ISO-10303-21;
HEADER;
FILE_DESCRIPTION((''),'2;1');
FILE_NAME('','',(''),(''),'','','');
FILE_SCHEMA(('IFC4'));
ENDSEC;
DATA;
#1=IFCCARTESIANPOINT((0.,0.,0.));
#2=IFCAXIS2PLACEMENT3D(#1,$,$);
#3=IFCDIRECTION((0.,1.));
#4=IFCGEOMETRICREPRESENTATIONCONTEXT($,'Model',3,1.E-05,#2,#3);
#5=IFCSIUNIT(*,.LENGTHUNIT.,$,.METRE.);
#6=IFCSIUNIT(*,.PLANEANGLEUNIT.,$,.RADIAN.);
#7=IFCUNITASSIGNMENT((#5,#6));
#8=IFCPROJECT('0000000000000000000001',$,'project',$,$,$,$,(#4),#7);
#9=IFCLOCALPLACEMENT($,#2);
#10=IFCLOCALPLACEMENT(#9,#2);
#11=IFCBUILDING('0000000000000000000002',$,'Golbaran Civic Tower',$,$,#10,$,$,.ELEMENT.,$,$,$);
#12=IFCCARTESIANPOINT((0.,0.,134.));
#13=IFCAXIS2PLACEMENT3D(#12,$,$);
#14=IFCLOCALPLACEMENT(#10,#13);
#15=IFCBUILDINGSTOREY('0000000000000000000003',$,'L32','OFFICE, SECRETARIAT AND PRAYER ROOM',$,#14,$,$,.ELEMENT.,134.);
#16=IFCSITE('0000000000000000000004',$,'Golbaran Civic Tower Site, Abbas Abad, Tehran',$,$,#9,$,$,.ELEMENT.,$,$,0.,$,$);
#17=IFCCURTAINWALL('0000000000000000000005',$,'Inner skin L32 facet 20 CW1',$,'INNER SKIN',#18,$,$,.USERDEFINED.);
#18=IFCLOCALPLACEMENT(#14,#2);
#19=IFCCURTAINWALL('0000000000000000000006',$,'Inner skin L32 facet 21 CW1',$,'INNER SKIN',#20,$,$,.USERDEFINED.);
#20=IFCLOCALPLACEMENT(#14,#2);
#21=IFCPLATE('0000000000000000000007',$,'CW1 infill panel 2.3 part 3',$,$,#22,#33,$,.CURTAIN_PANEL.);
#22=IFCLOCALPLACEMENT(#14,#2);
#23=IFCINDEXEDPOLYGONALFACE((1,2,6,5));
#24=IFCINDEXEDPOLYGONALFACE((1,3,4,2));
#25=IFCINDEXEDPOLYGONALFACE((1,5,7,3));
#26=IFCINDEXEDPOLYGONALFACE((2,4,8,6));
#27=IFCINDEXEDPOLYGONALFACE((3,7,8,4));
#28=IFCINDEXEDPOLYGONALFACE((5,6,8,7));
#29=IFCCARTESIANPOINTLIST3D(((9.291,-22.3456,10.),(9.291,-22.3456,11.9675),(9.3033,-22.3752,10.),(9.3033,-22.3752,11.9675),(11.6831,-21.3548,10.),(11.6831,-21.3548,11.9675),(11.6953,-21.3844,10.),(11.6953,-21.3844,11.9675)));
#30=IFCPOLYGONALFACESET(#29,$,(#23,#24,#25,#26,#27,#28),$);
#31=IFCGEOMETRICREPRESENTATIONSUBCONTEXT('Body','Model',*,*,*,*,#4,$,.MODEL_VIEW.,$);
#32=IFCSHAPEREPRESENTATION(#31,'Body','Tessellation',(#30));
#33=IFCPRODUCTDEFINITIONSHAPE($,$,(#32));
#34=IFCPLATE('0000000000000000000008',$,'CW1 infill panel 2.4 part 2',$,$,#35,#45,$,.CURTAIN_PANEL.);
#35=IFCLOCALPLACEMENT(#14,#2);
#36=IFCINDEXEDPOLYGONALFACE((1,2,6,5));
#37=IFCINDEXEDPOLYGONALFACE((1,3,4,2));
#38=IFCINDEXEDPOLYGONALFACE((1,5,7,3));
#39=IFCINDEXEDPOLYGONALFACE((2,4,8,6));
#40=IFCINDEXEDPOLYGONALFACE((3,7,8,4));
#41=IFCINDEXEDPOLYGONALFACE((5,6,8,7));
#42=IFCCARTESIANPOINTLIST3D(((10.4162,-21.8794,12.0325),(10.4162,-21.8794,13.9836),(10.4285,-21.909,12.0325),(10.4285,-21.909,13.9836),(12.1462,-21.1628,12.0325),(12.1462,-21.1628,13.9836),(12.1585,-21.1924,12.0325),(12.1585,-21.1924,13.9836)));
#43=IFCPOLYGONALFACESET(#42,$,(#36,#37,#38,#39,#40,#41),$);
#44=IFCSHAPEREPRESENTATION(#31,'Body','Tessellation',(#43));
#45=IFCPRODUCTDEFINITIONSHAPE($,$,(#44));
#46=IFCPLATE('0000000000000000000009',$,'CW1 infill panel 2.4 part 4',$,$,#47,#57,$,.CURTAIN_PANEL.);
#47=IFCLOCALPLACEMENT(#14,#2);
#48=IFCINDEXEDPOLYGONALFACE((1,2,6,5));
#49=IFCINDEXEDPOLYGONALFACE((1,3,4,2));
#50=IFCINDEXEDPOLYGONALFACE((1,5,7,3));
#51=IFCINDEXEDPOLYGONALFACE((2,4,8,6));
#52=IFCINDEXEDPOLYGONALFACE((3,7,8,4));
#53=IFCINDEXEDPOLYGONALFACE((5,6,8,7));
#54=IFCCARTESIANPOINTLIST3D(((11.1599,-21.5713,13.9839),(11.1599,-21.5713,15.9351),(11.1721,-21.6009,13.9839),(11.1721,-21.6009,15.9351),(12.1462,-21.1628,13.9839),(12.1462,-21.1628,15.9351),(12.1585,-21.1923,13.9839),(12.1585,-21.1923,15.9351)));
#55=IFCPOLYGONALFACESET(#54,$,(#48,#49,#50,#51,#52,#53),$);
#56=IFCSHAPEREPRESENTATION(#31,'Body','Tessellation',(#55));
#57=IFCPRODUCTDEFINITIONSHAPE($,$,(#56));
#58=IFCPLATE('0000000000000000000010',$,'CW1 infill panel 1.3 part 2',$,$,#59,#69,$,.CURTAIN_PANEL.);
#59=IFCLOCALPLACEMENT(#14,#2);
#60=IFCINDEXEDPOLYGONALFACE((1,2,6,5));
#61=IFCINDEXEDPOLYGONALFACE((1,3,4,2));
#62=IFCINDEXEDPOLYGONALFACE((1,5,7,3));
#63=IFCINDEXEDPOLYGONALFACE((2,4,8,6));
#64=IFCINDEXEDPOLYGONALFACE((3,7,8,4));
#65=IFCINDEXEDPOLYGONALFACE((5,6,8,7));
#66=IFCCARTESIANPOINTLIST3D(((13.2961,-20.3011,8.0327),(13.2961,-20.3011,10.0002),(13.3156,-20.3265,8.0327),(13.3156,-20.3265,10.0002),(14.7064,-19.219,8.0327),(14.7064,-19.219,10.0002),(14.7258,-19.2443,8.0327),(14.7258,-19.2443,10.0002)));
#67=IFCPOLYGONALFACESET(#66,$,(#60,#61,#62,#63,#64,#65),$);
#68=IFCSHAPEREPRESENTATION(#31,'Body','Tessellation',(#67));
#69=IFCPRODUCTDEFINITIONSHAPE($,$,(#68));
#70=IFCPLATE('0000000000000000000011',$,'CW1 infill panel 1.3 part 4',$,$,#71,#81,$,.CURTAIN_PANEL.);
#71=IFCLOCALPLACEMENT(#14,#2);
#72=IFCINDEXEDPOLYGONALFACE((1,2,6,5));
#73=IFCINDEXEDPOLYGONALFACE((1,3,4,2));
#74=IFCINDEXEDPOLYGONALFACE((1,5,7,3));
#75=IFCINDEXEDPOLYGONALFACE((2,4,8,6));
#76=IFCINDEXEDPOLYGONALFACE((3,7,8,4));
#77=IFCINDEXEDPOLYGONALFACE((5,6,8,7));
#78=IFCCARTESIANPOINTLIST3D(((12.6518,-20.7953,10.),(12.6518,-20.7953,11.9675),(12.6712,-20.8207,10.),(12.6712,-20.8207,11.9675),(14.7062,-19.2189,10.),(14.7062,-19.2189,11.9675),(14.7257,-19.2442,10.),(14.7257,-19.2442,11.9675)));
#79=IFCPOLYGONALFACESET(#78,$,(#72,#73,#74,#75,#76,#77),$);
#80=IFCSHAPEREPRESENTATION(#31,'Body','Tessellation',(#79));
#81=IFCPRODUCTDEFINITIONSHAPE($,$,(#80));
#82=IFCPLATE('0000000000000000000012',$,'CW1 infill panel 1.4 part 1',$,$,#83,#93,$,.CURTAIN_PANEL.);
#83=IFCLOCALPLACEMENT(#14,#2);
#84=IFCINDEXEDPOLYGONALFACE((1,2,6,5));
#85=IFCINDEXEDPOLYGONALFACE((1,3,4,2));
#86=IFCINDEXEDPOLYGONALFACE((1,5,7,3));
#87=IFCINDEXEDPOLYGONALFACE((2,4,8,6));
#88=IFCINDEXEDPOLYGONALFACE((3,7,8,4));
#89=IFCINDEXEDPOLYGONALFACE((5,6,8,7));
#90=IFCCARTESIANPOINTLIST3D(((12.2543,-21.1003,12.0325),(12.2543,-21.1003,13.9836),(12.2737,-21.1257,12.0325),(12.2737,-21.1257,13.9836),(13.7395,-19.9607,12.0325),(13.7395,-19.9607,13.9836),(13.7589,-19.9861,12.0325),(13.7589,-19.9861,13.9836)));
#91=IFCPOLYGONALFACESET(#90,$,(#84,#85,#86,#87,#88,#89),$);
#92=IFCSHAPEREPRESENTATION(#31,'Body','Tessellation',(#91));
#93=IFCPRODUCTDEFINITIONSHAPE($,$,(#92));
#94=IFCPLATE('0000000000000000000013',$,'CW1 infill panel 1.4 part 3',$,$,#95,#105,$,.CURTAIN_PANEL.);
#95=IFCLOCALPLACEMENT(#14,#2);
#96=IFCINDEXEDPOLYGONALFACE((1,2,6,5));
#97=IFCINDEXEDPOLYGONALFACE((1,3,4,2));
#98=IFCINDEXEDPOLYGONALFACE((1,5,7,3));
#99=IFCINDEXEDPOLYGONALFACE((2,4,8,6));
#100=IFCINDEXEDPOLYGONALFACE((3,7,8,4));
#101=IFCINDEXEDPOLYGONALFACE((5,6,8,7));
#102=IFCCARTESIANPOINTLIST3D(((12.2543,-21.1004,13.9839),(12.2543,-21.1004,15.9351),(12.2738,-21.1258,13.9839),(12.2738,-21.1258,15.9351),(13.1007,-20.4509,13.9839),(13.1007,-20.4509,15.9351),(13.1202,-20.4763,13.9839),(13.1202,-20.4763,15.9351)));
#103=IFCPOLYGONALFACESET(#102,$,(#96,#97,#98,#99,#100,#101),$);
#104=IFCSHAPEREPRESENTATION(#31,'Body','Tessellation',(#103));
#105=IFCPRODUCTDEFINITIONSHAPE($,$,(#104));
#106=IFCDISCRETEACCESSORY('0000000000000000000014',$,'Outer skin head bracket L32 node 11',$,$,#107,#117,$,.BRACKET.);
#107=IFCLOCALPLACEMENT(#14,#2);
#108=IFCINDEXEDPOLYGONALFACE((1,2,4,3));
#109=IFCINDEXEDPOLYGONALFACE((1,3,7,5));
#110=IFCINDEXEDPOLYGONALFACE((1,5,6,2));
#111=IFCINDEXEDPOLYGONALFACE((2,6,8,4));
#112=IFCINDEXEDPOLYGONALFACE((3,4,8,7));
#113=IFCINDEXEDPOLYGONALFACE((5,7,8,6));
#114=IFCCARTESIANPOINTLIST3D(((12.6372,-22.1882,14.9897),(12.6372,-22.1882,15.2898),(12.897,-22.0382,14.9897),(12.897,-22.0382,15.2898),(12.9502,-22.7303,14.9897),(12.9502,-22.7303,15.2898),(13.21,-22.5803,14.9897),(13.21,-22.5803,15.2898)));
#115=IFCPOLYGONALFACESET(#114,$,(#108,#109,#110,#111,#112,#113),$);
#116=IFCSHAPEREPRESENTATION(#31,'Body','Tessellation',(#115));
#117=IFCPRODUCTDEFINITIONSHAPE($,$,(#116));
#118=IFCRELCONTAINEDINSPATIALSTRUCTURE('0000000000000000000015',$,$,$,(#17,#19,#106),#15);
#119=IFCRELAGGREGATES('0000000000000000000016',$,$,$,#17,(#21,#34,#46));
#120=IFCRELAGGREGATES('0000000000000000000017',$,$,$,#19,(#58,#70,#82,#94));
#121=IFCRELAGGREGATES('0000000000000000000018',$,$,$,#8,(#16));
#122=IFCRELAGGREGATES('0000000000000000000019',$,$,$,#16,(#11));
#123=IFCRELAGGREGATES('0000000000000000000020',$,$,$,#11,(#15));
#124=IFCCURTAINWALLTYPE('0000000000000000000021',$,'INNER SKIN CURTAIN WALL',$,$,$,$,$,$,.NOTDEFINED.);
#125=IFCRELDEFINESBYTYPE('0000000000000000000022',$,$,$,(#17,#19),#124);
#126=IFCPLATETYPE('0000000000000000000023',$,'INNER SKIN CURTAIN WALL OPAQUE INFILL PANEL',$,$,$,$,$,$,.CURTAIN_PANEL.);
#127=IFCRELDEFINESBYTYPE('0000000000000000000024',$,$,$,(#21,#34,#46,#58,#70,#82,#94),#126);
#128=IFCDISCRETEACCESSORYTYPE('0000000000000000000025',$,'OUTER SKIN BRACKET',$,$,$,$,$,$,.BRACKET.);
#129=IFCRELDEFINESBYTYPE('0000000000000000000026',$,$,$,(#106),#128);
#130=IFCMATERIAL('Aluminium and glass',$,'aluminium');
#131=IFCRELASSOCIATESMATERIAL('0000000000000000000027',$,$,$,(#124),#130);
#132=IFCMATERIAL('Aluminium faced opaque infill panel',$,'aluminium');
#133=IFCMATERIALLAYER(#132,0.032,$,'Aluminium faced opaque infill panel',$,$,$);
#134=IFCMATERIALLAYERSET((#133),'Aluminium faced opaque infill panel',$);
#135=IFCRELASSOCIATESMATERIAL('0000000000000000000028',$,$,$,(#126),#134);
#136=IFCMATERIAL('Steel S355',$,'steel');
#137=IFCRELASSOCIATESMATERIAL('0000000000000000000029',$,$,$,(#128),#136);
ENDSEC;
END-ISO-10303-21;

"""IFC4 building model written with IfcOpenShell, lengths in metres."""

from ifc_helpers import new_model, si_unit, direction, frame, origin, origin_2d, place, context, subcontext, project, spatial, rectangle, extrude, material, layer, layer_set, type_object, element, aggregate, save


model = new_model("IFC4")

# Units and contexts
model_context = context("Model", 3, precision=1e-05, world=origin(), true_north=direction((0.0, 1.0)))
body_context = subcontext(model_context, "Body", "Model", "MODEL_VIEW")
ifc_project = project(units=[si_unit("LENGTHUNIT", "METRE"), si_unit("PLANEANGLEUNIT", "RADIAN")], contexts=[model_context])

# Site, building, storey
site_placement = place(None, origin())
site = spatial("IfcSite", under=ifc_project, at=site_placement, Name="Golbaran Civic Tower Site, Abbas Abad, Tehran", CompositionType="ELEMENT", RefElevation=0.0)
building_placement = place(site_placement, origin())
building = spatial("IfcBuilding", under=site, at=building_placement, Name="Golbaran Civic Tower", CompositionType="ELEMENT")
storey_placement = place(building_placement, frame((0.0, 0.0, 134.0)))
storey = spatial("IfcBuildingStorey", under=building, at=storey_placement, Name="L32", Description="OFFICE, SECRETARIAT AND PRAYER ROOM", CompositionType="ELEMENT", Elevation=134.0)

# Curtain walls
ifc_material_1 = material(Name="Aluminium and glass", Category="aluminium")
curtain_wall_type = type_object("IfcCurtainWallType", Name="INNER SKIN CURTAIN WALL", PredefinedType="NOTDEFINED", material=ifc_material_1)
curtain_wall_1_placement = place(storey_placement, origin())
curtain_wall_1 = element("IfcCurtainWall", 1, at=curtain_wall_1_placement, inside=storey, type_object=curtain_wall_type, Name="Inner skin L32 facet 20 CW1", ObjectType="INNER SKIN", PredefinedType="USERDEFINED")
curtain_wall_2_placement = place(storey_placement, origin())
curtain_wall_2 = element("IfcCurtainWall", 2, at=curtain_wall_2_placement, inside=storey, type_object=curtain_wall_type, Name="Inner skin L32 facet 21 CW1", ObjectType="INNER SKIN", PredefinedType="USERDEFINED")

# Plates
ifc_material_2 = material(Name="Aluminium faced opaque infill panel", Category="aluminium")
ifc_layer_1 = layer(ifc_material_2, 0.032, Name="Aluminium faced opaque infill panel")
ifc_layer_set_1 = layer_set([ifc_layer_1], Name="Aluminium faced opaque infill panel")
plate_type_1 = type_object("IfcPlateType", Name="INNER SKIN CURTAIN WALL OPAQUE INFILL PANEL", PredefinedType="CURTAIN_PANEL", material=ifc_layer_set_1)
plate_1_placement = place(storey_placement, frame((10.4932, -21.865, 10.0), z_axis=(0.0, 0.0, 1.0), x_axis=(0.92388, 0.382683, 0.0)))
plate_1 = element("IfcPlate", 3, at=plate_1_placement, type_object=plate_type_1, Name="CW1 infill panel 2.3 part 3", PredefinedType="CURTAIN_PANEL", context=body_context, shape_type="SweptSolid", body=[
    extrude(rectangle(XDim=2.5891, YDim=0.032, at=origin_2d()), origin(), (0.0, 0.0, 1.0), 1.9675),
])
plate_2_placement = place(storey_placement, frame((11.2874, -21.5359, 12.0325), z_axis=(0.0, 0.0, 1.0), x_axis=(0.92388, 0.382683, 0.0)))
plate_2 = element("IfcPlate", 4, at=plate_2_placement, type_object=plate_type_1, Name="CW1 infill panel 2.4 part 2", PredefinedType="CURTAIN_PANEL", context=body_context, shape_type="SweptSolid", body=[
    extrude(rectangle(XDim=1.8726, YDim=0.032, at=origin_2d()), origin(), (0.0, 0.0, 1.0), 1.9512),
])
plate_3_placement = place(storey_placement, frame((11.6592, -21.3818, 13.9839), z_axis=(0.0, 0.0, 1.0), x_axis=(0.92388, 0.382683, 0.0)))
plate_3 = element("IfcPlate", 5, at=plate_3_placement, type_object=plate_type_1, Name="CW1 infill panel 2.4 part 4", PredefinedType="CURTAIN_PANEL", context=body_context, shape_type="SweptSolid", body=[
    extrude(rectangle(XDim=1.0676, YDim=0.032, at=origin_2d()), origin(), (0.0, 0.0, 1.0), 1.9512),
])
aggregate(curtain_wall_1, [plate_1, plate_2, plate_3])
plate_4_placement = place(storey_placement, frame((14.011, -19.7727, 8.0327), z_axis=(0.0, 0.0, 1.0), x_axis=(0.793353, 0.608761, 0.0)))
plate_4 = element("IfcPlate", 6, at=plate_4_placement, type_object=plate_type_1, Name="CW1 infill panel 1.3 part 2", PredefinedType="CURTAIN_PANEL", context=body_context, shape_type="SweptSolid", body=[
    extrude(rectangle(XDim=1.7776, YDim=0.032, at=origin_2d()), origin(), (0.0, 0.0, 1.0), 1.9675),
])
plate_5_placement = place(storey_placement, frame((13.6887, -20.0198, 10.0), z_axis=(0.0, 0.0, 1.0), x_axis=(0.793353, 0.608761, 0.0)))
plate_5 = element("IfcPlate", 7, at=plate_5_placement, type_object=plate_type_1, Name="CW1 infill panel 1.3 part 4", PredefinedType="CURTAIN_PANEL", context=body_context, shape_type="SweptSolid", body=[
    extrude(rectangle(XDim=2.5896, YDim=0.032, at=origin_2d()), origin(), (0.0, 0.0, 1.0), 1.9675),
])
plate_6_placement = place(storey_placement, frame((13.0066, -20.5432, 12.0325), z_axis=(0.0, 0.0, 1.0), x_axis=(0.793353, 0.608761, 0.0)))
plate_6 = element("IfcPlate", 8, at=plate_6_placement, type_object=plate_type_1, Name="CW1 infill panel 1.4 part 1", PredefinedType="CURTAIN_PANEL", context=body_context, shape_type="SweptSolid", body=[
    extrude(rectangle(XDim=1.8721, YDim=0.032, at=origin_2d()), origin(), (0.0, 0.0, 1.0), 1.9512),
])
plate_7_placement = place(storey_placement, frame((12.6873, -20.7883, 13.9839), z_axis=(0.0, 0.0, 1.0), x_axis=(0.793353, 0.608761, 0.0)))
plate_7 = element("IfcPlate", 9, at=plate_7_placement, type_object=plate_type_1, Name="CW1 infill panel 1.4 part 3", PredefinedType="CURTAIN_PANEL", context=body_context, shape_type="SweptSolid", body=[
    extrude(rectangle(XDim=1.0669, YDim=0.032, at=origin_2d()), origin(), (0.0, 0.0, 1.0), 1.9512),
])
aggregate(curtain_wall_2, [plate_4, plate_5, plate_6, plate_7])

# Discrete accessory
ifc_material_3 = material(Name="Steel S355", Category="steel")
discrete_accessory_type = type_object("IfcDiscreteAccessoryType", Name="OUTER SKIN BRACKET", PredefinedType="BRACKET", material=ifc_material_3)
discrete_accessory_placement = place(storey_placement, frame((12.9236, -22.3843, 14.9897), z_axis=(0.0, 0.0, 1.0), x_axis=(0.5, -0.866025, 0.0)))
element("IfcDiscreteAccessory", 10, at=discrete_accessory_placement, inside=storey, type_object=discrete_accessory_type, Name="Outer skin head bracket L32 node 11", PredefinedType="BRACKET", context=body_context, shape_type="SweptSolid", body=[
    extrude(rectangle(XDim=0.626, YDim=0.3, at=origin_2d()), origin(), (0.0, 0.0, 1.0), 0.3),
])

save(model, "model.ifc")
